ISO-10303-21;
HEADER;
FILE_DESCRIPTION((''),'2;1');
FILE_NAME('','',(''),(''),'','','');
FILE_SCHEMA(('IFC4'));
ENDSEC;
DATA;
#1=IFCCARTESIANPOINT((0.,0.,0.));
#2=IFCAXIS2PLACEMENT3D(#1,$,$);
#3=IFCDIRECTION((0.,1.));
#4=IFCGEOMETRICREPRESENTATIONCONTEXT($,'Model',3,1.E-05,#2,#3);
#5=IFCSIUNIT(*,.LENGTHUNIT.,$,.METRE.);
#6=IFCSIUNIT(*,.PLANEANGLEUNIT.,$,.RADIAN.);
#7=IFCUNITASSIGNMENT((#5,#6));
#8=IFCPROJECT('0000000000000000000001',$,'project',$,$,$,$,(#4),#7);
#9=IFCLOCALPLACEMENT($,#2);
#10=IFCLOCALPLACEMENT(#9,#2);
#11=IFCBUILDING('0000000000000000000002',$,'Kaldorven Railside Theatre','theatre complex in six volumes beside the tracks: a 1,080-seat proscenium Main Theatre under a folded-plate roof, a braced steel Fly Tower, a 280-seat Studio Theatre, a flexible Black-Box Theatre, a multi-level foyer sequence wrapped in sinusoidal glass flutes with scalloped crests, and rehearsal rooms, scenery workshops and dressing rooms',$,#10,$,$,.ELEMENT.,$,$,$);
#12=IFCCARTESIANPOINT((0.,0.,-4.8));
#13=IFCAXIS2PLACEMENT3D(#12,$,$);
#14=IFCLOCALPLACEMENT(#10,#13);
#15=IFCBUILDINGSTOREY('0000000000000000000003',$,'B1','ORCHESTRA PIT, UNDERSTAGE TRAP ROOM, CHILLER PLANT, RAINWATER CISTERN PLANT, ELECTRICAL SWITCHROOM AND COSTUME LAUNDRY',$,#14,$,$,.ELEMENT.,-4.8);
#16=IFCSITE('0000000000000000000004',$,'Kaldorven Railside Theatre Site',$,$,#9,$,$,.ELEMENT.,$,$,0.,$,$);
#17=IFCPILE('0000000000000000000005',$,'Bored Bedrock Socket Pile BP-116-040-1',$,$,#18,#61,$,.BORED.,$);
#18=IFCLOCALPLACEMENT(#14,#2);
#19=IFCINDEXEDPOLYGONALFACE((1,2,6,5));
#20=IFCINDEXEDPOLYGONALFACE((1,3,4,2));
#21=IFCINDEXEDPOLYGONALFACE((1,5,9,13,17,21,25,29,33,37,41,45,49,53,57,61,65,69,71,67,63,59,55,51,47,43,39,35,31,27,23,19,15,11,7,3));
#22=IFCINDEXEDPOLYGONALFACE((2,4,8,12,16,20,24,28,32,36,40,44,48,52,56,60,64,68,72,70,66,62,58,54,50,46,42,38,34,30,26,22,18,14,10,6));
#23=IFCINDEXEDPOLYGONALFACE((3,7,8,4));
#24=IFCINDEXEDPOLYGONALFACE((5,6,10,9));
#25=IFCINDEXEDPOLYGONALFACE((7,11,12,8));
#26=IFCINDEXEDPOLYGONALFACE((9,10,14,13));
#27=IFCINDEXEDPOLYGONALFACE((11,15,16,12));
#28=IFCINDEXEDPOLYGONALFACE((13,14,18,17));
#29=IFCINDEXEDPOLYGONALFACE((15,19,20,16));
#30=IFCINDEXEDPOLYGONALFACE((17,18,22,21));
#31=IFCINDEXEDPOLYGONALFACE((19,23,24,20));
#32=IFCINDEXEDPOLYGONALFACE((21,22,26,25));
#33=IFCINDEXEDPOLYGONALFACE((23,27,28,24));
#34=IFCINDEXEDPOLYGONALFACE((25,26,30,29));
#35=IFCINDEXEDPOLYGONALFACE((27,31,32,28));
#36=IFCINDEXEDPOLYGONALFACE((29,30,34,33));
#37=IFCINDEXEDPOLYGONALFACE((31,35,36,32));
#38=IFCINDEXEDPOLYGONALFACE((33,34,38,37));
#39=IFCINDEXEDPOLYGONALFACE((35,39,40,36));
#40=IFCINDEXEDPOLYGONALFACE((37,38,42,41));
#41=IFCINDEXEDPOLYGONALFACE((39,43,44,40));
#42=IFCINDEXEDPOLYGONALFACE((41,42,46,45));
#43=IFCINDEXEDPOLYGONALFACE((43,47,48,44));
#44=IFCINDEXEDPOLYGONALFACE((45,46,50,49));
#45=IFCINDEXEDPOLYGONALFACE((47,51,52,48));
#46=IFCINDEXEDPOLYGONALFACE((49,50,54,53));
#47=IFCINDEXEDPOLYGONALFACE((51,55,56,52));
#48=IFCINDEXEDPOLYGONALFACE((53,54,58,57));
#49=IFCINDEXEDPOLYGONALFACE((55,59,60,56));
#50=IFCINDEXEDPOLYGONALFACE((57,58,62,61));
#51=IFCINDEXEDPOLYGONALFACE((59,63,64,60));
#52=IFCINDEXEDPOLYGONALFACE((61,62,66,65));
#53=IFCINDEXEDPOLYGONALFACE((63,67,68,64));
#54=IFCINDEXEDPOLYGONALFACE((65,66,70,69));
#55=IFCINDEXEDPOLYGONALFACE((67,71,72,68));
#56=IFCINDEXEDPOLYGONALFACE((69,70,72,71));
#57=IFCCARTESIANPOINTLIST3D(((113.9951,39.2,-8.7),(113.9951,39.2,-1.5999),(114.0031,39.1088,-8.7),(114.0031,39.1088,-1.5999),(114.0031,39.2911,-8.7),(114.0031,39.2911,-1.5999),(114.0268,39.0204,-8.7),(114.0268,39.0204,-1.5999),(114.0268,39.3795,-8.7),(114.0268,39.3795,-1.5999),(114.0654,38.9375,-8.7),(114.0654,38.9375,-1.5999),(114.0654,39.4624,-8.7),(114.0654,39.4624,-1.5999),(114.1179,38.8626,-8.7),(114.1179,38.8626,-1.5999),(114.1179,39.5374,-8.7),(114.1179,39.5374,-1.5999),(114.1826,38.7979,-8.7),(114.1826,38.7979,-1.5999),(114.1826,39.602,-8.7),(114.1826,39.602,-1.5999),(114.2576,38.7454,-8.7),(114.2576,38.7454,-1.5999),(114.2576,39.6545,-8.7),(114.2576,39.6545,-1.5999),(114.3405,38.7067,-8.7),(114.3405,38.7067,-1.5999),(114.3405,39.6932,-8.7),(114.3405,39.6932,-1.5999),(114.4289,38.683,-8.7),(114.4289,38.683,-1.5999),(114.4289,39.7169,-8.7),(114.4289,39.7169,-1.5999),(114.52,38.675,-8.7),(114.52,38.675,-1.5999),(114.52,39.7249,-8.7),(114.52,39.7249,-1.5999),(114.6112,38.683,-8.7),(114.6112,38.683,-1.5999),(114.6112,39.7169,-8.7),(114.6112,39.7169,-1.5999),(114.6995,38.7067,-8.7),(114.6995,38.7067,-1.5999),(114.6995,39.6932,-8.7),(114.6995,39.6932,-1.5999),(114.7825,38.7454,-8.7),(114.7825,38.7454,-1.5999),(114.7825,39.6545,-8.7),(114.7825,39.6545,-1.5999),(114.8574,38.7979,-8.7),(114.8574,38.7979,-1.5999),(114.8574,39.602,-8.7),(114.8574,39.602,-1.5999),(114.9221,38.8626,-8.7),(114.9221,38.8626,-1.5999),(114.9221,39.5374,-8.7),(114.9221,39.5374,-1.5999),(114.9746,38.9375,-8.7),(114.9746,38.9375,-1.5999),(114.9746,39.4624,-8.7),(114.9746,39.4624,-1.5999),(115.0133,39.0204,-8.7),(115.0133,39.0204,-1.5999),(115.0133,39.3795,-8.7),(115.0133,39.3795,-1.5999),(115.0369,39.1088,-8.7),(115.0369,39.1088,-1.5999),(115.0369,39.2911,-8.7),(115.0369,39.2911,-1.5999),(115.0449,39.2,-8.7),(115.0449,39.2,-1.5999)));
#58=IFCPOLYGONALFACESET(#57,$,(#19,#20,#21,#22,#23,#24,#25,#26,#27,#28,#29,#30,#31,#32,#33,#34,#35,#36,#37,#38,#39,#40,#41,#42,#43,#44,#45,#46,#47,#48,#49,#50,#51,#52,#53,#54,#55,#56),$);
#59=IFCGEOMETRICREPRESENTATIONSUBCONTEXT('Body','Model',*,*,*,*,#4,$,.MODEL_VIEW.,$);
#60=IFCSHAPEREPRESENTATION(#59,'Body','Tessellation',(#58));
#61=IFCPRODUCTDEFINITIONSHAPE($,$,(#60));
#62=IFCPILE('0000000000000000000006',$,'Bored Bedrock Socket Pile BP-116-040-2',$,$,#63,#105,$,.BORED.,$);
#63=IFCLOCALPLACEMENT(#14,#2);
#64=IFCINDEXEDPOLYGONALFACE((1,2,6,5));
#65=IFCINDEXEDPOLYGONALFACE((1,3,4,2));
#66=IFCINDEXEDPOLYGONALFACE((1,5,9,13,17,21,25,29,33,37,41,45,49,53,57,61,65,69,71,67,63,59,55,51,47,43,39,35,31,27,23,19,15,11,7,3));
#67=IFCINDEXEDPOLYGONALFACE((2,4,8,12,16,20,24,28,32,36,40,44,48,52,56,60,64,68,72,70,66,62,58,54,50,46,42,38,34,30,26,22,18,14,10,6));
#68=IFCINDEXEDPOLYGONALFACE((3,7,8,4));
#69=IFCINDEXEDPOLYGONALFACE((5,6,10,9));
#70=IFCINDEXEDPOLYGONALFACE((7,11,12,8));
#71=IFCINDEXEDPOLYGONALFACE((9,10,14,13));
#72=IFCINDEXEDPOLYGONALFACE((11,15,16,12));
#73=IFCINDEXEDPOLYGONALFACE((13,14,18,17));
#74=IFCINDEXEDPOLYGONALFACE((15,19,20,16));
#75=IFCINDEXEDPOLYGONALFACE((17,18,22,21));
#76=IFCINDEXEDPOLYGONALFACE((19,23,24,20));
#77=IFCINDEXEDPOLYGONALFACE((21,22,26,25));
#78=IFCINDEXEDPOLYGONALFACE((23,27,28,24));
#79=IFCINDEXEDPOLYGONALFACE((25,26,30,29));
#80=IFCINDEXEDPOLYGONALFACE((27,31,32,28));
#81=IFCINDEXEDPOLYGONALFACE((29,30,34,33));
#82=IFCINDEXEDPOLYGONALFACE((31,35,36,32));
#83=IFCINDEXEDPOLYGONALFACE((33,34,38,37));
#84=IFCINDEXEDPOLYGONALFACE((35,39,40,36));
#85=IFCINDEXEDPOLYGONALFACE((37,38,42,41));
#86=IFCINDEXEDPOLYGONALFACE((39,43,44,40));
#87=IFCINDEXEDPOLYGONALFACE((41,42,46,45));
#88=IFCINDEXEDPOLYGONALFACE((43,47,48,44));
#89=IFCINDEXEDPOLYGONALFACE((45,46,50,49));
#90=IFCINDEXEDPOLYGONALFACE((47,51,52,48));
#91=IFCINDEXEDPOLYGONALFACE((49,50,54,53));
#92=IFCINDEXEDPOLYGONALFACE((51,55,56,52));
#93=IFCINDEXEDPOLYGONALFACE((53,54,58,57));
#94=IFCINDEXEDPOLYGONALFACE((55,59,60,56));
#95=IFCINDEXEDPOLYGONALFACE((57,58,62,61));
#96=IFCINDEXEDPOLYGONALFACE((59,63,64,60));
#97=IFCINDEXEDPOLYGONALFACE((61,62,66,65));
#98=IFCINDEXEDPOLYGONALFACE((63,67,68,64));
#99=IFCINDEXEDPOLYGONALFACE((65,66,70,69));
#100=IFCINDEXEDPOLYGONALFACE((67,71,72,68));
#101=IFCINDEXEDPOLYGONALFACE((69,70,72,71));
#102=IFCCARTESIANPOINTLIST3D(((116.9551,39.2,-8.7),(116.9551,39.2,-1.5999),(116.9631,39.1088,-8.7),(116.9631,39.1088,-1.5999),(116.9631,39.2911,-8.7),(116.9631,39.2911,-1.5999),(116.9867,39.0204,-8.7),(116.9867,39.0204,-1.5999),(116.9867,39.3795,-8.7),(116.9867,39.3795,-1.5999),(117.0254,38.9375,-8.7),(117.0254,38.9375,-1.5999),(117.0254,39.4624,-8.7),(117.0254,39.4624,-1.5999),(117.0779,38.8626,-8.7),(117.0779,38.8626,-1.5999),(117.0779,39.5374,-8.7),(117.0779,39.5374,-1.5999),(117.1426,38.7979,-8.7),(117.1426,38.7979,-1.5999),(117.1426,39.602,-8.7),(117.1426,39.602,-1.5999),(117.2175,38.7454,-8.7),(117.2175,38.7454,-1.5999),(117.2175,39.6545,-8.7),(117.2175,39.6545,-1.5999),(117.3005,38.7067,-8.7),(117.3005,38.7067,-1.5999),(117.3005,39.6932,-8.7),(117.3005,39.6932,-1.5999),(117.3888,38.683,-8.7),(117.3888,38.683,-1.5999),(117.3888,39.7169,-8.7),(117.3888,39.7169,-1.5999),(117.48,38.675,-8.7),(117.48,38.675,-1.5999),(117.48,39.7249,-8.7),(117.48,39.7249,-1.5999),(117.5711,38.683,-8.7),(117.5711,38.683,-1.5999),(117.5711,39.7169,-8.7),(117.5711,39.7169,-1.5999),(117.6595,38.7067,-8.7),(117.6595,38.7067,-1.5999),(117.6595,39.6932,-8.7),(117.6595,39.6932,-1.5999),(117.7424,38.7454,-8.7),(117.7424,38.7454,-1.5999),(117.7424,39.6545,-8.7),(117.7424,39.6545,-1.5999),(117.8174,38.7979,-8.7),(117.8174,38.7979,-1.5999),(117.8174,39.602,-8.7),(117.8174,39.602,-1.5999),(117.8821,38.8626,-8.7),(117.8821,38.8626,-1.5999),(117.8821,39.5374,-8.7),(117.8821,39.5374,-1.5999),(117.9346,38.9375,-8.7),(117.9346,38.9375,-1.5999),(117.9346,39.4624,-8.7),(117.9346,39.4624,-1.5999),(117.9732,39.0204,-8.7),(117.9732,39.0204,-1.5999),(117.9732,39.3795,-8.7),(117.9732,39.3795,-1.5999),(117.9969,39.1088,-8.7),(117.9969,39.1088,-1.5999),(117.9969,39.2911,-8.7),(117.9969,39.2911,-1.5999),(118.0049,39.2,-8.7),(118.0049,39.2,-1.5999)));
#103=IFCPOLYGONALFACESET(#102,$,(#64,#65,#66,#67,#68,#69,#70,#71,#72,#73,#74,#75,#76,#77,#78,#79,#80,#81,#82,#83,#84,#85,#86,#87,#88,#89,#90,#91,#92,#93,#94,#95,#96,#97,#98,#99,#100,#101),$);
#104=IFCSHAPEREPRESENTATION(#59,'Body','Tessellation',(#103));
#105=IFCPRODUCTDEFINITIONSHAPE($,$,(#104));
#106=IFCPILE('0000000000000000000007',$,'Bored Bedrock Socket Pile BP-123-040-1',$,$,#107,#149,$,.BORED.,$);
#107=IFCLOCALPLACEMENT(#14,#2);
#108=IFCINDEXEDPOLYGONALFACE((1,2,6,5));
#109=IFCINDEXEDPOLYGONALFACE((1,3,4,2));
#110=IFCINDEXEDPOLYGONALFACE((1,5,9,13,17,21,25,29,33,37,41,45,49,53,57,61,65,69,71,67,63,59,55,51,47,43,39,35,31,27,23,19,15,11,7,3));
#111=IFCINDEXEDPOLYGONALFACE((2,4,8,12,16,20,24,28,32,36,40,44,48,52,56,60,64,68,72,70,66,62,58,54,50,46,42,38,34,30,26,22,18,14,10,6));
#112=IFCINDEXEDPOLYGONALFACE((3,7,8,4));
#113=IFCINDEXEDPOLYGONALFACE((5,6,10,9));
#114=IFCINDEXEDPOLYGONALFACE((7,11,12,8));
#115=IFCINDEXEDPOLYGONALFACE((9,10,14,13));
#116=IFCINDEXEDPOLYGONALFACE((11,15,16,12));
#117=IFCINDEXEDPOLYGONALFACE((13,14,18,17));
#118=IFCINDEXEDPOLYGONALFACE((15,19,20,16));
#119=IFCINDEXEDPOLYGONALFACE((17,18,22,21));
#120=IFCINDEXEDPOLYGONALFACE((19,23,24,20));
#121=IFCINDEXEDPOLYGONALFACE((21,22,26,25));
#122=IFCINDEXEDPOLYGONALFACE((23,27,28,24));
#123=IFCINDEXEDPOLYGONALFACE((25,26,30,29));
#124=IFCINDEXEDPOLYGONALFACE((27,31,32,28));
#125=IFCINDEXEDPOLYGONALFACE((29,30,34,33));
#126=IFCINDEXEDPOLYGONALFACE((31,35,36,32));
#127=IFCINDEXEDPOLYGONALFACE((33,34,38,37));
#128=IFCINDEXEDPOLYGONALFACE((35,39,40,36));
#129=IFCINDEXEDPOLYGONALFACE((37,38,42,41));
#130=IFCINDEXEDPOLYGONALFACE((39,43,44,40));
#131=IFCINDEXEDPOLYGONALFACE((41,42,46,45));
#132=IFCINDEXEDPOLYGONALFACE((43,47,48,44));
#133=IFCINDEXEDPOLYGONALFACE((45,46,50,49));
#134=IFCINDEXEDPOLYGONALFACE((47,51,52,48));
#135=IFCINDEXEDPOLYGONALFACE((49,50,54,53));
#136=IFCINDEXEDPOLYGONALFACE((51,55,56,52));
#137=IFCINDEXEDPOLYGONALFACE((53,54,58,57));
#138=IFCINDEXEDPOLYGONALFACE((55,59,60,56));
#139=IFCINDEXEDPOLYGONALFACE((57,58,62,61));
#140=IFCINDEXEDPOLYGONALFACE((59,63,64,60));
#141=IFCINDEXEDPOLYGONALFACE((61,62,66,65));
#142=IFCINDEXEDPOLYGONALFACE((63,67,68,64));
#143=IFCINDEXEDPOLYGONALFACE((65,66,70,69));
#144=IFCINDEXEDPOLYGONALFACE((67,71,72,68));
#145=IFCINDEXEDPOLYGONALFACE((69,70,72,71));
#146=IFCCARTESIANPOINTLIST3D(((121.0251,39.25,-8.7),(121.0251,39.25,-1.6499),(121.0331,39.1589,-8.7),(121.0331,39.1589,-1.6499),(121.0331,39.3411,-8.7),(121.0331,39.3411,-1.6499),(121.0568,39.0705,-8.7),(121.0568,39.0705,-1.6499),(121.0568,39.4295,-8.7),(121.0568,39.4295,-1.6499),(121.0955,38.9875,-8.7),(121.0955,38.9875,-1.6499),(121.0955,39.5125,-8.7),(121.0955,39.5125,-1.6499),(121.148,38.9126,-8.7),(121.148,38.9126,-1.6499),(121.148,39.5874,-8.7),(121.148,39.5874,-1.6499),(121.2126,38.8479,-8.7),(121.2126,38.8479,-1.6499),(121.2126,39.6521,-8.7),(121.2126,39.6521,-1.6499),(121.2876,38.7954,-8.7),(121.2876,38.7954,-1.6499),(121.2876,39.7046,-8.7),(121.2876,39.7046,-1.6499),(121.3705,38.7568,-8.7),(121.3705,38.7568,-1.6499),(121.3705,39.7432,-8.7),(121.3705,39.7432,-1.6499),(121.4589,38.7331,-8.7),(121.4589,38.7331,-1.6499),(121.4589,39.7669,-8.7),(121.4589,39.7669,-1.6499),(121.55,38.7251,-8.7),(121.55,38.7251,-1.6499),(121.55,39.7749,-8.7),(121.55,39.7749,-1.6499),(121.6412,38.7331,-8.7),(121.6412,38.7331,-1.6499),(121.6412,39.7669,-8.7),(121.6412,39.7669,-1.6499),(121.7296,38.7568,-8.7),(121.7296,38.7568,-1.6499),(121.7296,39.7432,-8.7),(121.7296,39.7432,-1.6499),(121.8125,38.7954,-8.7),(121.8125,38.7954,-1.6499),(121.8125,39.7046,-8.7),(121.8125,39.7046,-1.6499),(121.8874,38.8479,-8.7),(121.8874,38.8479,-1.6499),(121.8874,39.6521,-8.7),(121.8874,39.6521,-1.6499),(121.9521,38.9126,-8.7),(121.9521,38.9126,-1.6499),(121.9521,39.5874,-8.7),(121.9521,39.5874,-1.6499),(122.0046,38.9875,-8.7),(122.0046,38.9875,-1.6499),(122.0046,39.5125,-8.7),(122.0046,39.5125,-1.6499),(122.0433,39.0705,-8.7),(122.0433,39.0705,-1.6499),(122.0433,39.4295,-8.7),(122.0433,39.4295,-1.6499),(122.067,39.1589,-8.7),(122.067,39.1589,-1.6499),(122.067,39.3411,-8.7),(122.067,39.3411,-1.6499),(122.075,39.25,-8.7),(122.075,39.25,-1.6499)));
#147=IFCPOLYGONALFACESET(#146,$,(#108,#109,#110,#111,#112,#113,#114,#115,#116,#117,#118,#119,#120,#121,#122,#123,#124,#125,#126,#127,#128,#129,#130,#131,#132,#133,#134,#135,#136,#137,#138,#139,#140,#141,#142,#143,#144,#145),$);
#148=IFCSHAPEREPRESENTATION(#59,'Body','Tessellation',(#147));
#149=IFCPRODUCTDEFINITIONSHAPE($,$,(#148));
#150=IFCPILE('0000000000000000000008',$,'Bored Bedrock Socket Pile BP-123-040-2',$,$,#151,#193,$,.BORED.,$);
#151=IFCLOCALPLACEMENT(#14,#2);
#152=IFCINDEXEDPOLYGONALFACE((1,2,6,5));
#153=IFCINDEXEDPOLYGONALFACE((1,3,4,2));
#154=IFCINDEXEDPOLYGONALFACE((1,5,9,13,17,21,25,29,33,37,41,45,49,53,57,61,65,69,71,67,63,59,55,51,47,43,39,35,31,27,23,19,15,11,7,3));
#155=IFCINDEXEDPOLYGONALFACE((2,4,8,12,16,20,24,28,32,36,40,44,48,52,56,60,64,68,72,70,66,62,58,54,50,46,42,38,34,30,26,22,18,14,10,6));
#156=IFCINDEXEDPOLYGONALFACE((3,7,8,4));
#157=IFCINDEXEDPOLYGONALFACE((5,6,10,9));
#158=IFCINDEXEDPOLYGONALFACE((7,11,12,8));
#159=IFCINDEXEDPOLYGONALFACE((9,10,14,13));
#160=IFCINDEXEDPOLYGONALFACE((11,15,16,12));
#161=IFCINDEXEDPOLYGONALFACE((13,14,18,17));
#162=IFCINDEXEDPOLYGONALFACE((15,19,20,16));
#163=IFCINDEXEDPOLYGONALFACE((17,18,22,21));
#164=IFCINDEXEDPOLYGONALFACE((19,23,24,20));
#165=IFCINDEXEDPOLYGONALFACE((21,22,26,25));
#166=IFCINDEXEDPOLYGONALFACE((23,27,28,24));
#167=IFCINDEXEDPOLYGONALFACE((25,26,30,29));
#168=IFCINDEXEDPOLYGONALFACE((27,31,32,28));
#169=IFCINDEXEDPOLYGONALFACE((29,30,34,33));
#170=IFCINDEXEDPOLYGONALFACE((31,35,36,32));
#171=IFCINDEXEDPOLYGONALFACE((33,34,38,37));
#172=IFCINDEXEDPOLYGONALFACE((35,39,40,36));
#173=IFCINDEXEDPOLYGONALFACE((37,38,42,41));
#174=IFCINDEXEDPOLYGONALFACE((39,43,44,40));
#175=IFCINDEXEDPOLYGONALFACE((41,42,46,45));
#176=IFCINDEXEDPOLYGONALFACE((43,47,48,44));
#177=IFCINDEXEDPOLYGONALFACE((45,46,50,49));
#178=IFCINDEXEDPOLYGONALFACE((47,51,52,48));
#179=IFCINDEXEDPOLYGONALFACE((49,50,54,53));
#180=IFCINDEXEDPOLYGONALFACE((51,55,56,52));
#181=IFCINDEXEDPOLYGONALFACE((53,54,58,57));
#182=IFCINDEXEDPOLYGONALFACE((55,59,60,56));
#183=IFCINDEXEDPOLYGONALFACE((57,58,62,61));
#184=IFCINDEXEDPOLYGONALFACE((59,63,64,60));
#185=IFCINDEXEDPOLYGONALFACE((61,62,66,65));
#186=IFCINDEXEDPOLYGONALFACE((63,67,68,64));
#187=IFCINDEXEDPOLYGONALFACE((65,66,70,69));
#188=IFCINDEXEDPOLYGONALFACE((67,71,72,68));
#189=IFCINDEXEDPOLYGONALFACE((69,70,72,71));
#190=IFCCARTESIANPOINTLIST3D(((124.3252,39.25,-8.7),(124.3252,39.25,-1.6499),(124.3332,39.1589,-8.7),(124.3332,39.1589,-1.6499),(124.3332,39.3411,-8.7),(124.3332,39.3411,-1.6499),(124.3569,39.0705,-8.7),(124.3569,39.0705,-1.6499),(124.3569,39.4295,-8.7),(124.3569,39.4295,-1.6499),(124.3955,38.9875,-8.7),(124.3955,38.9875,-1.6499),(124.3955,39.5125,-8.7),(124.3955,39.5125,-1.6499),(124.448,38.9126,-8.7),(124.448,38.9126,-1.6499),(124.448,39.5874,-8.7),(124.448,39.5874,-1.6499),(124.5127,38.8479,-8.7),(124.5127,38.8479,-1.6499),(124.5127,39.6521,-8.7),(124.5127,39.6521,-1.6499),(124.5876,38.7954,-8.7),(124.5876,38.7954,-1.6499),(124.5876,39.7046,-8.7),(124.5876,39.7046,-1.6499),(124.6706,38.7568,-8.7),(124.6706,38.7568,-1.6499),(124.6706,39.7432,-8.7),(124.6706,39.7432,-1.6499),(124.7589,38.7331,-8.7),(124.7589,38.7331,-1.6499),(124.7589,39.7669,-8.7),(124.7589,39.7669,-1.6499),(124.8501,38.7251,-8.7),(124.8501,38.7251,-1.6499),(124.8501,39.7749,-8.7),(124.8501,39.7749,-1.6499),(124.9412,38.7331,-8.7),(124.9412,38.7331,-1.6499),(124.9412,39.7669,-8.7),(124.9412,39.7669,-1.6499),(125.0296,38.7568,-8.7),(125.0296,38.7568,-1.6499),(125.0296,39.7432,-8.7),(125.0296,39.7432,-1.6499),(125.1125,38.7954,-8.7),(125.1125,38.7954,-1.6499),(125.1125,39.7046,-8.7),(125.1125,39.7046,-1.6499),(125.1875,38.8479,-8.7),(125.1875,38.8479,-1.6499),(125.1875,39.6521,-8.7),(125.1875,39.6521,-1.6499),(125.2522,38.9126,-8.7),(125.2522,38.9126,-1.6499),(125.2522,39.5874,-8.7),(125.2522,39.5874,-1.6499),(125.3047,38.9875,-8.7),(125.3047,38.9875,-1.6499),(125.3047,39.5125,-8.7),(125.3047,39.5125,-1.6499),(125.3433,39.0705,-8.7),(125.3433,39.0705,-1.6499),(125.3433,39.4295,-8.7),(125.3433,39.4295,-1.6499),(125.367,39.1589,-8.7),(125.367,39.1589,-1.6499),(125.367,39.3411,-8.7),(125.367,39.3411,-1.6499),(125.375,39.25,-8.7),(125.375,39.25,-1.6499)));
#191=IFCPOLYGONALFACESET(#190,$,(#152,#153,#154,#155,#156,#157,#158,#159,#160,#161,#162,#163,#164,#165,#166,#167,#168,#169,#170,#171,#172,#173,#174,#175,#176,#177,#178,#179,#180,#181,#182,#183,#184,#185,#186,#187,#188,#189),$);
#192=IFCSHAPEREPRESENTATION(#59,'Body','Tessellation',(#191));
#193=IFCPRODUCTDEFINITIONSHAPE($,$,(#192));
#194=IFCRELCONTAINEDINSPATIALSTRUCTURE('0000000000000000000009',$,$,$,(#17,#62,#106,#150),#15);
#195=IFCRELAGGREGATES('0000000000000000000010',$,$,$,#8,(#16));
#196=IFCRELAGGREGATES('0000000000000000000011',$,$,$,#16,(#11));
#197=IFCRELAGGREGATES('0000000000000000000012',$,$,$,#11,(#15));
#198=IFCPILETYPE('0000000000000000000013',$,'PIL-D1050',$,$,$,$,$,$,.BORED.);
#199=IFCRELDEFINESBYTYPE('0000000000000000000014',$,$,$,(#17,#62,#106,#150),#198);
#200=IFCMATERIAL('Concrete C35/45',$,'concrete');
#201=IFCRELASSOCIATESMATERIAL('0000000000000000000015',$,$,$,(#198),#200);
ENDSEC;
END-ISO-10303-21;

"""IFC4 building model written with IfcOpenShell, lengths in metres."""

from ifc_helpers import new_model, si_unit, direction, frame, origin, origin_2d, place, context, subcontext, project, spatial, circle, extrude, material, material_profile, profile_set, type_object, element, save


model = new_model("IFC4")

# Units and contexts
model_context = context("Model", 3, precision=1e-05, world=origin(), true_north=direction((0.0, 1.0)))
body_context = subcontext(model_context, "Body", "Model", "MODEL_VIEW")
ifc_project = project(units=[si_unit("LENGTHUNIT", "METRE"), si_unit("PLANEANGLEUNIT", "RADIAN")], contexts=[model_context])

# Site, building, storey
site_placement = place(None, origin())
site = spatial("IfcSite", under=ifc_project, at=site_placement, Name="Kaldorven Railside Theatre Site", CompositionType="ELEMENT", RefElevation=0.0)
building_placement = place(site_placement, origin())
building = spatial("IfcBuilding", under=site, at=building_placement, Name="Kaldorven Railside Theatre", Description="theatre complex in six volumes beside the tracks: a 1,080-seat proscenium Main Theatre under a folded-plate roof, a braced steel Fly Tower, a 280-seat Studio Theatre, a flexible Black-Box Theatre, a multi-level foyer sequence wrapped in sinusoidal glass flutes with scalloped crests, and rehearsal rooms, scenery workshops and dressing rooms", CompositionType="ELEMENT")
storey_placement = place(building_placement, frame((0.0, 0.0, -4.8)))
storey = spatial("IfcBuildingStorey", under=building, at=storey_placement, Name="B1", Description="ORCHESTRA PIT, UNDERSTAGE TRAP ROOM, CHILLER PLANT, RAINWATER CISTERN PLANT, ELECTRICAL SWITCHROOM AND COSTUME LAUNDRY", CompositionType="ELEMENT", Elevation=-4.8)

# Piles
ifc_material_1 = material(Name="Concrete C35/45", Category="concrete")
ifc_material_profile_1 = material_profile(ifc_material_1, circle(Radius=0.5249, at=origin_2d()), Name="BP D1050")
ifc_profile_set_1 = profile_set([ifc_material_profile_1], Name="Concrete C35/45")
pile_type_1 = type_object("IfcPileType", Name="PIL-D1050", PredefinedType="BORED", material=ifc_profile_set_1)
for number, where, z_axis, x_axis, name in (
    (1, (114.52, 39.2, -1.5999), (0.0, 0.0, -1.0), (1.0, 0.0, 0.0), "Bored Bedrock Socket Pile BP-116-040-1"),
    (2, (117.48, 39.2, -1.5999), (0.0, 0.0, -1.0), (1.0, 0.0, 0.0), "Bored Bedrock Socket Pile BP-116-040-2"),
):
    element("IfcPile", number, at=place(storey_placement, frame(where, z_axis=z_axis, x_axis=x_axis)), inside=storey, type_object=pile_type_1, Name=name, PredefinedType="BORED", context=body_context, shape_type="SweptSolid", body=[
        extrude(circle(Radius=0.5249, at=origin_2d()), origin(), (0.0, 0.0, 1.0), 7.1001),
    ])
for number, where, z_axis, x_axis, name in (
    (3, (121.55, 39.25, -1.6499), (0.0, 0.0, -1.0), (1.0, 0.0, 0.0), "Bored Bedrock Socket Pile BP-123-040-1"),
    (4, (124.8501, 39.25, -1.6499), (0.0, 0.0, -1.0), (1.0, 0.0, 0.0), "Bored Bedrock Socket Pile BP-123-040-2"),
):
    element("IfcPile", number, at=place(storey_placement, frame(where, z_axis=z_axis, x_axis=x_axis)), inside=storey, type_object=pile_type_1, Name=name, PredefinedType="BORED", context=body_context, shape_type="SweptSolid", body=[
        extrude(circle(Radius=0.5249, at=origin_2d()), origin(), (0.0, 0.0, 1.0), 7.05),
    ])

save(model, "model.ifc")
